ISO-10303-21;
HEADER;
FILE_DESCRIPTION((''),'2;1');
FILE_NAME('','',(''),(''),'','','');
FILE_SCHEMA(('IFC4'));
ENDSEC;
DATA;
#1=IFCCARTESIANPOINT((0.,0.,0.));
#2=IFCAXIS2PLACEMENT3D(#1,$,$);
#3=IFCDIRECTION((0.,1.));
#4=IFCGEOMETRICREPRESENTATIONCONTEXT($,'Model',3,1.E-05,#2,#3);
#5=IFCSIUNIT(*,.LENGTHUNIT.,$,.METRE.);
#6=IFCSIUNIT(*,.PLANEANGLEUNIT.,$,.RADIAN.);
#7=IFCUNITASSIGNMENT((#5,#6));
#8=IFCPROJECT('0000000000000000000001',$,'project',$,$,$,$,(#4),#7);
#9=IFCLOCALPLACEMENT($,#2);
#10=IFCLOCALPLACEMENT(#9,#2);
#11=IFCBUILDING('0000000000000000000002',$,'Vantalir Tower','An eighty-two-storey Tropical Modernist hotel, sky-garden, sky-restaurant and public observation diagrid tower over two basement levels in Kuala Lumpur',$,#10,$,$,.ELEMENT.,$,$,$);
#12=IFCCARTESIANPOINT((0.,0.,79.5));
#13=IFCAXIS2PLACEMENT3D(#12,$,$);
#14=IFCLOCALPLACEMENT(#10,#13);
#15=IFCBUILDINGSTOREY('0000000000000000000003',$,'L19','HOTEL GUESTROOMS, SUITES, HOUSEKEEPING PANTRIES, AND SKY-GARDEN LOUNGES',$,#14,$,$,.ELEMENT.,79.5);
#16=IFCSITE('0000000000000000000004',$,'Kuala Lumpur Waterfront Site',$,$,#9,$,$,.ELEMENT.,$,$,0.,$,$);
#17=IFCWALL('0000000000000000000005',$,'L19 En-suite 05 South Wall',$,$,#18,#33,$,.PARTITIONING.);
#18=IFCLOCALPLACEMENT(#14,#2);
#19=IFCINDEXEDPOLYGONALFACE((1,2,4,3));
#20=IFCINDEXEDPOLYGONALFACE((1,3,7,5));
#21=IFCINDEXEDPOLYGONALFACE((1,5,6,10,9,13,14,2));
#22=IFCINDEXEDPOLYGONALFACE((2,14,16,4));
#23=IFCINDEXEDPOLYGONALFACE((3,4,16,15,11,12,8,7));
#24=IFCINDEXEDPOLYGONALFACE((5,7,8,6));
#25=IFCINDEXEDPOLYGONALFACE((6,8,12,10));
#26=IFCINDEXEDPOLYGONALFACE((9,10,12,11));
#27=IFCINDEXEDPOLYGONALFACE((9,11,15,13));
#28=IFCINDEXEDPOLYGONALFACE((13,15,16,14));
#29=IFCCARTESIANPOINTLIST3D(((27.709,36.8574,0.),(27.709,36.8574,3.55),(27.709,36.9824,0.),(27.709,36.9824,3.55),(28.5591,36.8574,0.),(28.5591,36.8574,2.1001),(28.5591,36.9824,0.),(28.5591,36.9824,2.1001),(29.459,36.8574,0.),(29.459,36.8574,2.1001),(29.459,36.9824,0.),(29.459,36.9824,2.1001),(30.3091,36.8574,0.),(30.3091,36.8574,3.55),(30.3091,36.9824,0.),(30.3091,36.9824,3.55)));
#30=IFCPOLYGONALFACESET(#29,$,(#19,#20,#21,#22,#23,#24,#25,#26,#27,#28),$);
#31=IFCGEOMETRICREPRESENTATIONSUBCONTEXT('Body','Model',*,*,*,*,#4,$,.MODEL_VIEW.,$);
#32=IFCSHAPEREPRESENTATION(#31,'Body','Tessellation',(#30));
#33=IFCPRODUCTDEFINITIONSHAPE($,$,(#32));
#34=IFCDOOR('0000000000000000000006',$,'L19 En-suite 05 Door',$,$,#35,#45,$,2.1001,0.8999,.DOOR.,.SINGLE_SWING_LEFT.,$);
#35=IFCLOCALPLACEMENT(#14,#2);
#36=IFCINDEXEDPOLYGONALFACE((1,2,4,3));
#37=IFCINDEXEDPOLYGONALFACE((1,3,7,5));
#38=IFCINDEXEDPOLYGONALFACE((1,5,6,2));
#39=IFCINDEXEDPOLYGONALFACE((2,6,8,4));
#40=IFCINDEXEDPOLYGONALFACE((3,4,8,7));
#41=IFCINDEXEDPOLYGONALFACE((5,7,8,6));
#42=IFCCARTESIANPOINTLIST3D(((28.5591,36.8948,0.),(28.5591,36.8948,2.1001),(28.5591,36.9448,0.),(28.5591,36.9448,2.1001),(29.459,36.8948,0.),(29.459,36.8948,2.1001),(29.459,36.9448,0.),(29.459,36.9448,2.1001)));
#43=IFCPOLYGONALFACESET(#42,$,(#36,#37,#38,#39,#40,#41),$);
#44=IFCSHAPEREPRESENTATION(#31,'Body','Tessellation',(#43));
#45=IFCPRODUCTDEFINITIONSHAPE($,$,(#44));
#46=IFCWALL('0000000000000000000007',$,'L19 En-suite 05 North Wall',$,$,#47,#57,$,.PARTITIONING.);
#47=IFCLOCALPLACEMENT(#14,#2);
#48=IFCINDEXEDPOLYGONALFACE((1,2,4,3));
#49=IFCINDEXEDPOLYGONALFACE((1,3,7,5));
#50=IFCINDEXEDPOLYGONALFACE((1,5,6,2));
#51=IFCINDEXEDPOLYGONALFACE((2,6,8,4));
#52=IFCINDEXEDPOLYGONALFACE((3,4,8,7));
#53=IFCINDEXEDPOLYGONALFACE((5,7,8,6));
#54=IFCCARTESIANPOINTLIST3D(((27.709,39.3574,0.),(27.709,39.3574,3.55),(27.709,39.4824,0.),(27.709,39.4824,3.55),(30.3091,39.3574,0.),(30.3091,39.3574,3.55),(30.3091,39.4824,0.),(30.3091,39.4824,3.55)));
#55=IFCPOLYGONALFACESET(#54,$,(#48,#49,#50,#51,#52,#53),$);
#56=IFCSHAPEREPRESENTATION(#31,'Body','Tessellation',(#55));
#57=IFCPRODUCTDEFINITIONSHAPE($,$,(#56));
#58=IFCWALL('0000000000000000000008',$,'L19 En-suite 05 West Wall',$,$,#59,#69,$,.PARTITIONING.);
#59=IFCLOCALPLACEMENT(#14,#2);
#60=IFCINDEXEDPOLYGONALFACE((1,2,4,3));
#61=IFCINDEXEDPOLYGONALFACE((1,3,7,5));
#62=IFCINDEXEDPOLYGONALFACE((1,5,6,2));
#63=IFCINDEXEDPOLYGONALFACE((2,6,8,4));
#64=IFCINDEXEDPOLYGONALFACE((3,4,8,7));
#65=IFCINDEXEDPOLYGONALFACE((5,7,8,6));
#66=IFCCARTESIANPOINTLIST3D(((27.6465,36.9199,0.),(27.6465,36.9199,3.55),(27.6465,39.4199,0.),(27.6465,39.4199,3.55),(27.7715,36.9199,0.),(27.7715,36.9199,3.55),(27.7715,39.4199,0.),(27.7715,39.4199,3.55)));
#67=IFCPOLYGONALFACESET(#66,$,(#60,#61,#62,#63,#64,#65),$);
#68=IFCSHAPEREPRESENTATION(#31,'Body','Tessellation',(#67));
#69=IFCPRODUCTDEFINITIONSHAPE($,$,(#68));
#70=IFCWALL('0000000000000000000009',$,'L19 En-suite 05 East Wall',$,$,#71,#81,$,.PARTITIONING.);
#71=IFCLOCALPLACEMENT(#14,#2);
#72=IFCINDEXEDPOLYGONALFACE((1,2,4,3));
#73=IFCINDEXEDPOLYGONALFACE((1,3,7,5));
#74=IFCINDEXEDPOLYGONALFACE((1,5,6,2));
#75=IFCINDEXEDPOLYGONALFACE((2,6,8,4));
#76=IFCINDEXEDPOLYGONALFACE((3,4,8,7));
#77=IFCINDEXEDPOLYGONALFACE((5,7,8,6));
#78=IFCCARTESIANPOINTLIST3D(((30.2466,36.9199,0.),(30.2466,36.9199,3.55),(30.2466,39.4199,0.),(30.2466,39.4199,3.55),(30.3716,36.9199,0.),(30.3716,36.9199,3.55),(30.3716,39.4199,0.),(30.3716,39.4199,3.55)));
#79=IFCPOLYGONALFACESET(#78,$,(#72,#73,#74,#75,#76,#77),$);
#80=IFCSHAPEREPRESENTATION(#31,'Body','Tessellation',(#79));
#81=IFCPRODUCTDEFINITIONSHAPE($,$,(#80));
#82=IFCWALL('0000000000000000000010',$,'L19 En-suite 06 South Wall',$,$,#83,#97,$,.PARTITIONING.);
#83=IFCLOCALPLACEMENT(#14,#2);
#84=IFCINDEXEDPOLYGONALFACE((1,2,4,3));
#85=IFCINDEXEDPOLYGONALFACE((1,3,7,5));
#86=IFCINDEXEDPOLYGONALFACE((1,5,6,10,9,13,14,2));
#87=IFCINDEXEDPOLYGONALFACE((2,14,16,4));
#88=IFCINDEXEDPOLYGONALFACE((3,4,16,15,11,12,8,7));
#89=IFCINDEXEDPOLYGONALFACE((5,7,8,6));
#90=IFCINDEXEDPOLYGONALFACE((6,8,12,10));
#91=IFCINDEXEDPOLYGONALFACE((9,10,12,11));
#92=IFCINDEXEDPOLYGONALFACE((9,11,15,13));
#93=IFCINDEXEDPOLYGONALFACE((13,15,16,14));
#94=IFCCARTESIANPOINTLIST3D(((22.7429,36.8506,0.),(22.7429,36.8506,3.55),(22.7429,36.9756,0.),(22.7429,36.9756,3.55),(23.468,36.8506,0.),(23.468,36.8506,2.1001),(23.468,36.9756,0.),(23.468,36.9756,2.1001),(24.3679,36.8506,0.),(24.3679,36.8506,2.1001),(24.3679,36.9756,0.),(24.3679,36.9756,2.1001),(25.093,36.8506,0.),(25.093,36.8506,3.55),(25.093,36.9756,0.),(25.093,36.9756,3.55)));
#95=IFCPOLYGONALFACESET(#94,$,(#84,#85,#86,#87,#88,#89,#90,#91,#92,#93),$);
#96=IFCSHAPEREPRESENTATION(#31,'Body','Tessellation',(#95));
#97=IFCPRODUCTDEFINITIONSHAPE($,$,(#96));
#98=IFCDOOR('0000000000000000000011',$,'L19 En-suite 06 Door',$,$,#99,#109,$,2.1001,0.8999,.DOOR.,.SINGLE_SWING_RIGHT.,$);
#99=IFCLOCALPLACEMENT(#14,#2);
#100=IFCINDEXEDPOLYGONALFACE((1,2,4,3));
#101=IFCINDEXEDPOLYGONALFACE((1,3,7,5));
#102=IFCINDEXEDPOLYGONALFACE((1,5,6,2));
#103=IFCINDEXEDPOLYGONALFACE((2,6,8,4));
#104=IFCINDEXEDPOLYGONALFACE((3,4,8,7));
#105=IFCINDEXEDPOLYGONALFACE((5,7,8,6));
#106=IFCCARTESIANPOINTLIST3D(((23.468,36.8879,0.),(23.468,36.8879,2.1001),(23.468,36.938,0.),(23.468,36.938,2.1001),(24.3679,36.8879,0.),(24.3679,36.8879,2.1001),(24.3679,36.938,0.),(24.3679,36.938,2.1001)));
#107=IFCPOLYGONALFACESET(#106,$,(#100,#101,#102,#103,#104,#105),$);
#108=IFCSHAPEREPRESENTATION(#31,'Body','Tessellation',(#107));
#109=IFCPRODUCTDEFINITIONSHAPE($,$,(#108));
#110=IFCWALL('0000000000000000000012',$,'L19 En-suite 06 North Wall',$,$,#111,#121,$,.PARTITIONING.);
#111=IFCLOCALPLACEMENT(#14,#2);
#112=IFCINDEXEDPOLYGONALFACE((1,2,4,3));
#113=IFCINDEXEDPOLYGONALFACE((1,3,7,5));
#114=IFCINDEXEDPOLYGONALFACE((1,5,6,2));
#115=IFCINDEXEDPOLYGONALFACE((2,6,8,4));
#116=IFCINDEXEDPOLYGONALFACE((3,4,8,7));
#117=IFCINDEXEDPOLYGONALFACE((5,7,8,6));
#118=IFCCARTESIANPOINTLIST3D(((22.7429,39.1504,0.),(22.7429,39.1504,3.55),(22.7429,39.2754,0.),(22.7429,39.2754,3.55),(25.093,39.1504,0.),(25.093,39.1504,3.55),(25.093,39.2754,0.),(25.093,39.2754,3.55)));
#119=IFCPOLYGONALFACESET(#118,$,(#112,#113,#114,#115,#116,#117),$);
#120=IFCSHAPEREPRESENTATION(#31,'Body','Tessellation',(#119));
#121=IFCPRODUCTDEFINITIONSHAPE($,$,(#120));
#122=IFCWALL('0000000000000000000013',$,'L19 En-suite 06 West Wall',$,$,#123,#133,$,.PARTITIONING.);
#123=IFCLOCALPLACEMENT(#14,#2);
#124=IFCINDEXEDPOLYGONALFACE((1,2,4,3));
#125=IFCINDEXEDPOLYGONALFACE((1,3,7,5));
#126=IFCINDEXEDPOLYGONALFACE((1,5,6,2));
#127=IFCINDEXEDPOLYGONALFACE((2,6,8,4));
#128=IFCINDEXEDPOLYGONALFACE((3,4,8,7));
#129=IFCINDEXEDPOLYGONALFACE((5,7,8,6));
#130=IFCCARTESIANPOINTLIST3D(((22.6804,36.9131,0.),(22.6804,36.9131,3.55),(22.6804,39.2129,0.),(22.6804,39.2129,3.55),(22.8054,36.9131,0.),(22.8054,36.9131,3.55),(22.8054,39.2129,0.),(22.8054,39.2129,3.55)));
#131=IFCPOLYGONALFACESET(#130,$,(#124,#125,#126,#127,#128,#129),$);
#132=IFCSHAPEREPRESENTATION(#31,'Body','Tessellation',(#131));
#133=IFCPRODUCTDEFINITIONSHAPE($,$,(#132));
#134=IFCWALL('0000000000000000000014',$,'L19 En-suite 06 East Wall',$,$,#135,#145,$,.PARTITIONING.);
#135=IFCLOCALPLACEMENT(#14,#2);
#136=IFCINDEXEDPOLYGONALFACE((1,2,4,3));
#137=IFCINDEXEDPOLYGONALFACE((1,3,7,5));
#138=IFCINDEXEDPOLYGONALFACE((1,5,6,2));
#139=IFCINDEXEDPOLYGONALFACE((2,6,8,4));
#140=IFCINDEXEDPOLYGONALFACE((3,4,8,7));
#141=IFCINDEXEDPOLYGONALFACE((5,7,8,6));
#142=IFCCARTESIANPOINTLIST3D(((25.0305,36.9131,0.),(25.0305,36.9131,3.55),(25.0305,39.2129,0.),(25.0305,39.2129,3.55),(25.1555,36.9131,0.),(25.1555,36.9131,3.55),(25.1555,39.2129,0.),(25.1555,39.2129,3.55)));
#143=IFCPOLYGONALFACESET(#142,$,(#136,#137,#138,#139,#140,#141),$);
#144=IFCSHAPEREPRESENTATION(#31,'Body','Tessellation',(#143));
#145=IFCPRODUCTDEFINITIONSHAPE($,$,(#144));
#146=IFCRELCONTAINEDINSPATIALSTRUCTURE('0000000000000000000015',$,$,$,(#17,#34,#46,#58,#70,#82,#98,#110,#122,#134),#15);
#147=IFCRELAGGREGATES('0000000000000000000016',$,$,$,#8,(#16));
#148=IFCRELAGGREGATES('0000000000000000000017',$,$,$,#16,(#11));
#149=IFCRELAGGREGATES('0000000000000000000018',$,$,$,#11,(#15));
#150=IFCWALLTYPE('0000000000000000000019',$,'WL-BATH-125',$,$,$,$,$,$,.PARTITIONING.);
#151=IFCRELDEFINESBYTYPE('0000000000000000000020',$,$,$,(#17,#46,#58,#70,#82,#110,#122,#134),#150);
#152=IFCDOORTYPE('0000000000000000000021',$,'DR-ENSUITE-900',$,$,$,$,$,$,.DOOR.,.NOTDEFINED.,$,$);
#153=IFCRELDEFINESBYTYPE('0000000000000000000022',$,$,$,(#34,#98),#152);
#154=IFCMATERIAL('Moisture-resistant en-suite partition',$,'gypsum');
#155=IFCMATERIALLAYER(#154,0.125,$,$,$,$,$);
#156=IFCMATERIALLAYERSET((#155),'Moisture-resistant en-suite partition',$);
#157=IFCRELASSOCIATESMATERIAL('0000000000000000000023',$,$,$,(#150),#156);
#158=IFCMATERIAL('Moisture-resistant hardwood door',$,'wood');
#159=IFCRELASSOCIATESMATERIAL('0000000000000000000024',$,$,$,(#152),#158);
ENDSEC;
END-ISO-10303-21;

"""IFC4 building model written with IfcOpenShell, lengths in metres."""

from ifc_helpers import new_model, si_unit, direction, frame, frame_2d, origin, place, context, subcontext, project, spatial, rectangle, extrude, material, layer, layer_set, type_object, element, fill, save


model = new_model("IFC4")

# Units and contexts
model_context = context("Model", 3, precision=1e-05, world=origin(), true_north=direction((0.0, 1.0)))
body_context = subcontext(model_context, "Body", "Model", "MODEL_VIEW")
ifc_project = project(units=[si_unit("LENGTHUNIT", "METRE"), si_unit("PLANEANGLEUNIT", "RADIAN")], contexts=[model_context])

# Site, building, storey
site_placement = place(None, origin())
site = spatial("IfcSite", under=ifc_project, at=site_placement, Name="Kuala Lumpur Waterfront Site", CompositionType="ELEMENT", RefElevation=0.0)
building_placement = place(site_placement, origin())
building = spatial("IfcBuilding", under=site, at=building_placement, Name="Vantalir Tower", Description="An eighty-two-storey Tropical Modernist hotel, sky-garden, sky-restaurant and public observation diagrid tower over two basement levels in Kuala Lumpur", CompositionType="ELEMENT")
storey_placement = place(building_placement, frame((0.0, 0.0, 79.5)))
storey = spatial("IfcBuildingStorey", under=building, at=storey_placement, Name="L19", Description="HOTEL GUESTROOMS, SUITES, HOUSEKEEPING PANTRIES, AND SKY-GARDEN LOUNGES", CompositionType="ELEMENT", Elevation=79.5)

# Wall, opening, door
ifc_material_1 = material(Name="Moisture-resistant en-suite partition", Category="gypsum")
ifc_layer_1 = layer(ifc_material_1, 0.125)
ifc_layer_set_1 = layer_set([ifc_layer_1], Name="Moisture-resistant en-suite partition")
wall_type_1 = type_object("IfcWallType", Name="WL-BATH-125", PredefinedType="PARTITIONING", material=ifc_layer_set_1)
wall_1_placement = place(storey_placement, frame((27.709, 36.9199, 0.0), z_axis=(0.0, 0.0, 1.0), x_axis=(1.0, 0.0, 0.0)))
wall_1 = element("IfcWall", 1, at=wall_1_placement, inside=storey, type_object=wall_type_1, Name="L19 En-suite 05 South Wall", PredefinedType="PARTITIONING", context=body_context, shape_type="SweptSolid", body=[
    extrude(rectangle(XDim=2.6001, YDim=0.125, at=frame_2d((1.3, 0.0))), origin(), (0.0, 0.0, 1.0), 3.55),
])
opening_1_placement = place(wall_1_placement, frame((0.8501, 0.0, 0.0)))
opening_1 = element("IfcOpeningElement", 2, at=opening_1_placement, cuts=wall_1, PredefinedType="OPENING", context=body_context, shape_type="SweptSolid", body=[
    extrude(rectangle(XDim=0.8999, YDim=2.1001, at=frame_2d((0.45, 1.05))), frame((0.0, 0.0725, 0.0), z_axis=(0.0, -1.0, 0.0), x_axis=(1.0, 0.0, 0.0)), (0.0, 0.0, 1.0), 0.145),
])
ifc_material_2 = material(Name="Moisture-resistant hardwood door", Category="wood")
door_type_1 = type_object("IfcDoorType", Name="DR-ENSUITE-900", OperationType="NOTDEFINED", PredefinedType="DOOR", material=ifc_material_2)
door_1_placement = place(opening_1_placement, origin())
door_1 = element("IfcDoor", 3, at=door_1_placement, inside=storey, type_object=door_type_1, Name="L19 En-suite 05 Door", OperationType="SINGLE_SWING_LEFT", OverallHeight=2.1001, OverallWidth=0.8999, PredefinedType="DOOR", context=body_context, shape_type="SweptSolid", body=[
    extrude(rectangle(XDim=0.8999, YDim=2.1001, at=frame_2d((0.45, 1.05))), frame((0.0, 0.0249, 0.0), z_axis=(0.0, -1.0, 0.0), x_axis=(1.0, 0.0, 0.0)), (0.0, 0.0, 1.0), 0.05),
])
fill(opening_1, door_1)

# Walls
wall_2_placement = place(storey_placement, frame((27.709, 39.4199, 0.0), z_axis=(0.0, 0.0, 1.0), x_axis=(1.0, 0.0, 0.0)))
element("IfcWall", 4, at=wall_2_placement, inside=storey, type_object=wall_type_1, Name="L19 En-suite 05 North Wall", PredefinedType="PARTITIONING", context=body_context, shape_type="SweptSolid", body=[
    extrude(rectangle(XDim=2.6001, YDim=0.125, at=frame_2d((1.3, 0.0))), origin(), (0.0, 0.0, 1.0), 3.55),
])
for number, where, z_axis, x_axis, name in (
    (5, (27.709, 36.9199, 0.0), (0.0, 0.0, 1.0), (0.0, 1.0, 0.0), "L19 En-suite 05 West Wall"),
    (6, (30.3091, 36.9199, 0.0), (0.0, 0.0, 1.0), (0.0, 1.0, 0.0), "L19 En-suite 05 East Wall"),
):
    element("IfcWall", number, at=place(storey_placement, frame(where, z_axis=z_axis, x_axis=x_axis)), inside=storey, type_object=wall_type_1, Name=name, PredefinedType="PARTITIONING", context=body_context, shape_type="SweptSolid", body=[
        extrude(rectangle(XDim=2.5, YDim=0.125, at=frame_2d((1.25, 0.0))), origin(), (0.0, 0.0, 1.0), 3.55),
    ])

# Wall, opening, door
wall_3_placement = place(storey_placement, frame((22.7429, 36.9131, 0.0), z_axis=(0.0, 0.0, 1.0), x_axis=(1.0, 0.0, 0.0)))
wall_3 = element("IfcWall", 7, at=wall_3_placement, inside=storey, type_object=wall_type_1, Name="L19 En-suite 06 South Wall", PredefinedType="PARTITIONING", context=body_context, shape_type="SweptSolid", body=[
    extrude(rectangle(XDim=2.3501, YDim=0.125, at=frame_2d((1.175, 0.0))), origin(), (0.0, 0.0, 1.0), 3.55),
])
opening_2_placement = place(wall_3_placement, frame((0.7251, 0.0, 0.0)))
opening_2 = element("IfcOpeningElement", 8, at=opening_2_placement, cuts=wall_3, PredefinedType="OPENING", context=body_context, shape_type="SweptSolid", body=[
    extrude(rectangle(XDim=0.8999, YDim=2.1001, at=frame_2d((0.45, 1.05))), frame((0.0, 0.0725, 0.0), z_axis=(0.0, -1.0, 0.0), x_axis=(1.0, 0.0, 0.0)), (0.0, 0.0, 1.0), 0.145),
])
door_2_placement = place(opening_2_placement, origin())
door_2 = element("IfcDoor", 9, at=door_2_placement, inside=storey, type_object=door_type_1, Name="L19 En-suite 06 Door", OperationType="SINGLE_SWING_RIGHT", OverallHeight=2.1001, OverallWidth=0.8999, PredefinedType="DOOR", context=body_context, shape_type="SweptSolid", body=[
    extrude(rectangle(XDim=0.8999, YDim=2.1001, at=frame_2d((0.45, 1.05))), frame((0.0, 0.0249, 0.0), z_axis=(0.0, -1.0, 0.0), x_axis=(1.0, 0.0, 0.0)), (0.0, 0.0, 1.0), 0.05),
])
fill(opening_2, door_2)

# Walls
wall_4_placement = place(storey_placement, frame((22.7429, 39.2129, 0.0), z_axis=(0.0, 0.0, 1.0), x_axis=(1.0, 0.0, 0.0)))
element("IfcWall", 10, at=wall_4_placement, inside=storey, type_object=wall_type_1, Name="L19 En-suite 06 North Wall", PredefinedType="PARTITIONING", context=body_context, shape_type="SweptSolid", body=[
    extrude(rectangle(XDim=2.3501, YDim=0.125, at=frame_2d((1.175, 0.0))), origin(), (0.0, 0.0, 1.0), 3.55),
])
for number, where, z_axis, x_axis, name in (
    (11, (22.7429, 36.9131, 0.0), (0.0, 0.0, 1.0), (0.0, 1.0, 0.0), "L19 En-suite 06 West Wall"),
    (12, (25.093, 36.9131, 0.0), (0.0, 0.0, 1.0), (0.0, 1.0, 0.0), "L19 En-suite 06 East Wall"),
):
    element("IfcWall", number, at=place(storey_placement, frame(where, z_axis=z_axis, x_axis=x_axis)), inside=storey, type_object=wall_type_1, Name=name, PredefinedType="PARTITIONING", context=body_context, shape_type="SweptSolid", body=[
        extrude(rectangle(XDim=2.2998, YDim=0.125, at=frame_2d((1.1499, 0.0))), origin(), (0.0, 0.0, 1.0), 3.55),
    ])

save(model, "model.ifc")
